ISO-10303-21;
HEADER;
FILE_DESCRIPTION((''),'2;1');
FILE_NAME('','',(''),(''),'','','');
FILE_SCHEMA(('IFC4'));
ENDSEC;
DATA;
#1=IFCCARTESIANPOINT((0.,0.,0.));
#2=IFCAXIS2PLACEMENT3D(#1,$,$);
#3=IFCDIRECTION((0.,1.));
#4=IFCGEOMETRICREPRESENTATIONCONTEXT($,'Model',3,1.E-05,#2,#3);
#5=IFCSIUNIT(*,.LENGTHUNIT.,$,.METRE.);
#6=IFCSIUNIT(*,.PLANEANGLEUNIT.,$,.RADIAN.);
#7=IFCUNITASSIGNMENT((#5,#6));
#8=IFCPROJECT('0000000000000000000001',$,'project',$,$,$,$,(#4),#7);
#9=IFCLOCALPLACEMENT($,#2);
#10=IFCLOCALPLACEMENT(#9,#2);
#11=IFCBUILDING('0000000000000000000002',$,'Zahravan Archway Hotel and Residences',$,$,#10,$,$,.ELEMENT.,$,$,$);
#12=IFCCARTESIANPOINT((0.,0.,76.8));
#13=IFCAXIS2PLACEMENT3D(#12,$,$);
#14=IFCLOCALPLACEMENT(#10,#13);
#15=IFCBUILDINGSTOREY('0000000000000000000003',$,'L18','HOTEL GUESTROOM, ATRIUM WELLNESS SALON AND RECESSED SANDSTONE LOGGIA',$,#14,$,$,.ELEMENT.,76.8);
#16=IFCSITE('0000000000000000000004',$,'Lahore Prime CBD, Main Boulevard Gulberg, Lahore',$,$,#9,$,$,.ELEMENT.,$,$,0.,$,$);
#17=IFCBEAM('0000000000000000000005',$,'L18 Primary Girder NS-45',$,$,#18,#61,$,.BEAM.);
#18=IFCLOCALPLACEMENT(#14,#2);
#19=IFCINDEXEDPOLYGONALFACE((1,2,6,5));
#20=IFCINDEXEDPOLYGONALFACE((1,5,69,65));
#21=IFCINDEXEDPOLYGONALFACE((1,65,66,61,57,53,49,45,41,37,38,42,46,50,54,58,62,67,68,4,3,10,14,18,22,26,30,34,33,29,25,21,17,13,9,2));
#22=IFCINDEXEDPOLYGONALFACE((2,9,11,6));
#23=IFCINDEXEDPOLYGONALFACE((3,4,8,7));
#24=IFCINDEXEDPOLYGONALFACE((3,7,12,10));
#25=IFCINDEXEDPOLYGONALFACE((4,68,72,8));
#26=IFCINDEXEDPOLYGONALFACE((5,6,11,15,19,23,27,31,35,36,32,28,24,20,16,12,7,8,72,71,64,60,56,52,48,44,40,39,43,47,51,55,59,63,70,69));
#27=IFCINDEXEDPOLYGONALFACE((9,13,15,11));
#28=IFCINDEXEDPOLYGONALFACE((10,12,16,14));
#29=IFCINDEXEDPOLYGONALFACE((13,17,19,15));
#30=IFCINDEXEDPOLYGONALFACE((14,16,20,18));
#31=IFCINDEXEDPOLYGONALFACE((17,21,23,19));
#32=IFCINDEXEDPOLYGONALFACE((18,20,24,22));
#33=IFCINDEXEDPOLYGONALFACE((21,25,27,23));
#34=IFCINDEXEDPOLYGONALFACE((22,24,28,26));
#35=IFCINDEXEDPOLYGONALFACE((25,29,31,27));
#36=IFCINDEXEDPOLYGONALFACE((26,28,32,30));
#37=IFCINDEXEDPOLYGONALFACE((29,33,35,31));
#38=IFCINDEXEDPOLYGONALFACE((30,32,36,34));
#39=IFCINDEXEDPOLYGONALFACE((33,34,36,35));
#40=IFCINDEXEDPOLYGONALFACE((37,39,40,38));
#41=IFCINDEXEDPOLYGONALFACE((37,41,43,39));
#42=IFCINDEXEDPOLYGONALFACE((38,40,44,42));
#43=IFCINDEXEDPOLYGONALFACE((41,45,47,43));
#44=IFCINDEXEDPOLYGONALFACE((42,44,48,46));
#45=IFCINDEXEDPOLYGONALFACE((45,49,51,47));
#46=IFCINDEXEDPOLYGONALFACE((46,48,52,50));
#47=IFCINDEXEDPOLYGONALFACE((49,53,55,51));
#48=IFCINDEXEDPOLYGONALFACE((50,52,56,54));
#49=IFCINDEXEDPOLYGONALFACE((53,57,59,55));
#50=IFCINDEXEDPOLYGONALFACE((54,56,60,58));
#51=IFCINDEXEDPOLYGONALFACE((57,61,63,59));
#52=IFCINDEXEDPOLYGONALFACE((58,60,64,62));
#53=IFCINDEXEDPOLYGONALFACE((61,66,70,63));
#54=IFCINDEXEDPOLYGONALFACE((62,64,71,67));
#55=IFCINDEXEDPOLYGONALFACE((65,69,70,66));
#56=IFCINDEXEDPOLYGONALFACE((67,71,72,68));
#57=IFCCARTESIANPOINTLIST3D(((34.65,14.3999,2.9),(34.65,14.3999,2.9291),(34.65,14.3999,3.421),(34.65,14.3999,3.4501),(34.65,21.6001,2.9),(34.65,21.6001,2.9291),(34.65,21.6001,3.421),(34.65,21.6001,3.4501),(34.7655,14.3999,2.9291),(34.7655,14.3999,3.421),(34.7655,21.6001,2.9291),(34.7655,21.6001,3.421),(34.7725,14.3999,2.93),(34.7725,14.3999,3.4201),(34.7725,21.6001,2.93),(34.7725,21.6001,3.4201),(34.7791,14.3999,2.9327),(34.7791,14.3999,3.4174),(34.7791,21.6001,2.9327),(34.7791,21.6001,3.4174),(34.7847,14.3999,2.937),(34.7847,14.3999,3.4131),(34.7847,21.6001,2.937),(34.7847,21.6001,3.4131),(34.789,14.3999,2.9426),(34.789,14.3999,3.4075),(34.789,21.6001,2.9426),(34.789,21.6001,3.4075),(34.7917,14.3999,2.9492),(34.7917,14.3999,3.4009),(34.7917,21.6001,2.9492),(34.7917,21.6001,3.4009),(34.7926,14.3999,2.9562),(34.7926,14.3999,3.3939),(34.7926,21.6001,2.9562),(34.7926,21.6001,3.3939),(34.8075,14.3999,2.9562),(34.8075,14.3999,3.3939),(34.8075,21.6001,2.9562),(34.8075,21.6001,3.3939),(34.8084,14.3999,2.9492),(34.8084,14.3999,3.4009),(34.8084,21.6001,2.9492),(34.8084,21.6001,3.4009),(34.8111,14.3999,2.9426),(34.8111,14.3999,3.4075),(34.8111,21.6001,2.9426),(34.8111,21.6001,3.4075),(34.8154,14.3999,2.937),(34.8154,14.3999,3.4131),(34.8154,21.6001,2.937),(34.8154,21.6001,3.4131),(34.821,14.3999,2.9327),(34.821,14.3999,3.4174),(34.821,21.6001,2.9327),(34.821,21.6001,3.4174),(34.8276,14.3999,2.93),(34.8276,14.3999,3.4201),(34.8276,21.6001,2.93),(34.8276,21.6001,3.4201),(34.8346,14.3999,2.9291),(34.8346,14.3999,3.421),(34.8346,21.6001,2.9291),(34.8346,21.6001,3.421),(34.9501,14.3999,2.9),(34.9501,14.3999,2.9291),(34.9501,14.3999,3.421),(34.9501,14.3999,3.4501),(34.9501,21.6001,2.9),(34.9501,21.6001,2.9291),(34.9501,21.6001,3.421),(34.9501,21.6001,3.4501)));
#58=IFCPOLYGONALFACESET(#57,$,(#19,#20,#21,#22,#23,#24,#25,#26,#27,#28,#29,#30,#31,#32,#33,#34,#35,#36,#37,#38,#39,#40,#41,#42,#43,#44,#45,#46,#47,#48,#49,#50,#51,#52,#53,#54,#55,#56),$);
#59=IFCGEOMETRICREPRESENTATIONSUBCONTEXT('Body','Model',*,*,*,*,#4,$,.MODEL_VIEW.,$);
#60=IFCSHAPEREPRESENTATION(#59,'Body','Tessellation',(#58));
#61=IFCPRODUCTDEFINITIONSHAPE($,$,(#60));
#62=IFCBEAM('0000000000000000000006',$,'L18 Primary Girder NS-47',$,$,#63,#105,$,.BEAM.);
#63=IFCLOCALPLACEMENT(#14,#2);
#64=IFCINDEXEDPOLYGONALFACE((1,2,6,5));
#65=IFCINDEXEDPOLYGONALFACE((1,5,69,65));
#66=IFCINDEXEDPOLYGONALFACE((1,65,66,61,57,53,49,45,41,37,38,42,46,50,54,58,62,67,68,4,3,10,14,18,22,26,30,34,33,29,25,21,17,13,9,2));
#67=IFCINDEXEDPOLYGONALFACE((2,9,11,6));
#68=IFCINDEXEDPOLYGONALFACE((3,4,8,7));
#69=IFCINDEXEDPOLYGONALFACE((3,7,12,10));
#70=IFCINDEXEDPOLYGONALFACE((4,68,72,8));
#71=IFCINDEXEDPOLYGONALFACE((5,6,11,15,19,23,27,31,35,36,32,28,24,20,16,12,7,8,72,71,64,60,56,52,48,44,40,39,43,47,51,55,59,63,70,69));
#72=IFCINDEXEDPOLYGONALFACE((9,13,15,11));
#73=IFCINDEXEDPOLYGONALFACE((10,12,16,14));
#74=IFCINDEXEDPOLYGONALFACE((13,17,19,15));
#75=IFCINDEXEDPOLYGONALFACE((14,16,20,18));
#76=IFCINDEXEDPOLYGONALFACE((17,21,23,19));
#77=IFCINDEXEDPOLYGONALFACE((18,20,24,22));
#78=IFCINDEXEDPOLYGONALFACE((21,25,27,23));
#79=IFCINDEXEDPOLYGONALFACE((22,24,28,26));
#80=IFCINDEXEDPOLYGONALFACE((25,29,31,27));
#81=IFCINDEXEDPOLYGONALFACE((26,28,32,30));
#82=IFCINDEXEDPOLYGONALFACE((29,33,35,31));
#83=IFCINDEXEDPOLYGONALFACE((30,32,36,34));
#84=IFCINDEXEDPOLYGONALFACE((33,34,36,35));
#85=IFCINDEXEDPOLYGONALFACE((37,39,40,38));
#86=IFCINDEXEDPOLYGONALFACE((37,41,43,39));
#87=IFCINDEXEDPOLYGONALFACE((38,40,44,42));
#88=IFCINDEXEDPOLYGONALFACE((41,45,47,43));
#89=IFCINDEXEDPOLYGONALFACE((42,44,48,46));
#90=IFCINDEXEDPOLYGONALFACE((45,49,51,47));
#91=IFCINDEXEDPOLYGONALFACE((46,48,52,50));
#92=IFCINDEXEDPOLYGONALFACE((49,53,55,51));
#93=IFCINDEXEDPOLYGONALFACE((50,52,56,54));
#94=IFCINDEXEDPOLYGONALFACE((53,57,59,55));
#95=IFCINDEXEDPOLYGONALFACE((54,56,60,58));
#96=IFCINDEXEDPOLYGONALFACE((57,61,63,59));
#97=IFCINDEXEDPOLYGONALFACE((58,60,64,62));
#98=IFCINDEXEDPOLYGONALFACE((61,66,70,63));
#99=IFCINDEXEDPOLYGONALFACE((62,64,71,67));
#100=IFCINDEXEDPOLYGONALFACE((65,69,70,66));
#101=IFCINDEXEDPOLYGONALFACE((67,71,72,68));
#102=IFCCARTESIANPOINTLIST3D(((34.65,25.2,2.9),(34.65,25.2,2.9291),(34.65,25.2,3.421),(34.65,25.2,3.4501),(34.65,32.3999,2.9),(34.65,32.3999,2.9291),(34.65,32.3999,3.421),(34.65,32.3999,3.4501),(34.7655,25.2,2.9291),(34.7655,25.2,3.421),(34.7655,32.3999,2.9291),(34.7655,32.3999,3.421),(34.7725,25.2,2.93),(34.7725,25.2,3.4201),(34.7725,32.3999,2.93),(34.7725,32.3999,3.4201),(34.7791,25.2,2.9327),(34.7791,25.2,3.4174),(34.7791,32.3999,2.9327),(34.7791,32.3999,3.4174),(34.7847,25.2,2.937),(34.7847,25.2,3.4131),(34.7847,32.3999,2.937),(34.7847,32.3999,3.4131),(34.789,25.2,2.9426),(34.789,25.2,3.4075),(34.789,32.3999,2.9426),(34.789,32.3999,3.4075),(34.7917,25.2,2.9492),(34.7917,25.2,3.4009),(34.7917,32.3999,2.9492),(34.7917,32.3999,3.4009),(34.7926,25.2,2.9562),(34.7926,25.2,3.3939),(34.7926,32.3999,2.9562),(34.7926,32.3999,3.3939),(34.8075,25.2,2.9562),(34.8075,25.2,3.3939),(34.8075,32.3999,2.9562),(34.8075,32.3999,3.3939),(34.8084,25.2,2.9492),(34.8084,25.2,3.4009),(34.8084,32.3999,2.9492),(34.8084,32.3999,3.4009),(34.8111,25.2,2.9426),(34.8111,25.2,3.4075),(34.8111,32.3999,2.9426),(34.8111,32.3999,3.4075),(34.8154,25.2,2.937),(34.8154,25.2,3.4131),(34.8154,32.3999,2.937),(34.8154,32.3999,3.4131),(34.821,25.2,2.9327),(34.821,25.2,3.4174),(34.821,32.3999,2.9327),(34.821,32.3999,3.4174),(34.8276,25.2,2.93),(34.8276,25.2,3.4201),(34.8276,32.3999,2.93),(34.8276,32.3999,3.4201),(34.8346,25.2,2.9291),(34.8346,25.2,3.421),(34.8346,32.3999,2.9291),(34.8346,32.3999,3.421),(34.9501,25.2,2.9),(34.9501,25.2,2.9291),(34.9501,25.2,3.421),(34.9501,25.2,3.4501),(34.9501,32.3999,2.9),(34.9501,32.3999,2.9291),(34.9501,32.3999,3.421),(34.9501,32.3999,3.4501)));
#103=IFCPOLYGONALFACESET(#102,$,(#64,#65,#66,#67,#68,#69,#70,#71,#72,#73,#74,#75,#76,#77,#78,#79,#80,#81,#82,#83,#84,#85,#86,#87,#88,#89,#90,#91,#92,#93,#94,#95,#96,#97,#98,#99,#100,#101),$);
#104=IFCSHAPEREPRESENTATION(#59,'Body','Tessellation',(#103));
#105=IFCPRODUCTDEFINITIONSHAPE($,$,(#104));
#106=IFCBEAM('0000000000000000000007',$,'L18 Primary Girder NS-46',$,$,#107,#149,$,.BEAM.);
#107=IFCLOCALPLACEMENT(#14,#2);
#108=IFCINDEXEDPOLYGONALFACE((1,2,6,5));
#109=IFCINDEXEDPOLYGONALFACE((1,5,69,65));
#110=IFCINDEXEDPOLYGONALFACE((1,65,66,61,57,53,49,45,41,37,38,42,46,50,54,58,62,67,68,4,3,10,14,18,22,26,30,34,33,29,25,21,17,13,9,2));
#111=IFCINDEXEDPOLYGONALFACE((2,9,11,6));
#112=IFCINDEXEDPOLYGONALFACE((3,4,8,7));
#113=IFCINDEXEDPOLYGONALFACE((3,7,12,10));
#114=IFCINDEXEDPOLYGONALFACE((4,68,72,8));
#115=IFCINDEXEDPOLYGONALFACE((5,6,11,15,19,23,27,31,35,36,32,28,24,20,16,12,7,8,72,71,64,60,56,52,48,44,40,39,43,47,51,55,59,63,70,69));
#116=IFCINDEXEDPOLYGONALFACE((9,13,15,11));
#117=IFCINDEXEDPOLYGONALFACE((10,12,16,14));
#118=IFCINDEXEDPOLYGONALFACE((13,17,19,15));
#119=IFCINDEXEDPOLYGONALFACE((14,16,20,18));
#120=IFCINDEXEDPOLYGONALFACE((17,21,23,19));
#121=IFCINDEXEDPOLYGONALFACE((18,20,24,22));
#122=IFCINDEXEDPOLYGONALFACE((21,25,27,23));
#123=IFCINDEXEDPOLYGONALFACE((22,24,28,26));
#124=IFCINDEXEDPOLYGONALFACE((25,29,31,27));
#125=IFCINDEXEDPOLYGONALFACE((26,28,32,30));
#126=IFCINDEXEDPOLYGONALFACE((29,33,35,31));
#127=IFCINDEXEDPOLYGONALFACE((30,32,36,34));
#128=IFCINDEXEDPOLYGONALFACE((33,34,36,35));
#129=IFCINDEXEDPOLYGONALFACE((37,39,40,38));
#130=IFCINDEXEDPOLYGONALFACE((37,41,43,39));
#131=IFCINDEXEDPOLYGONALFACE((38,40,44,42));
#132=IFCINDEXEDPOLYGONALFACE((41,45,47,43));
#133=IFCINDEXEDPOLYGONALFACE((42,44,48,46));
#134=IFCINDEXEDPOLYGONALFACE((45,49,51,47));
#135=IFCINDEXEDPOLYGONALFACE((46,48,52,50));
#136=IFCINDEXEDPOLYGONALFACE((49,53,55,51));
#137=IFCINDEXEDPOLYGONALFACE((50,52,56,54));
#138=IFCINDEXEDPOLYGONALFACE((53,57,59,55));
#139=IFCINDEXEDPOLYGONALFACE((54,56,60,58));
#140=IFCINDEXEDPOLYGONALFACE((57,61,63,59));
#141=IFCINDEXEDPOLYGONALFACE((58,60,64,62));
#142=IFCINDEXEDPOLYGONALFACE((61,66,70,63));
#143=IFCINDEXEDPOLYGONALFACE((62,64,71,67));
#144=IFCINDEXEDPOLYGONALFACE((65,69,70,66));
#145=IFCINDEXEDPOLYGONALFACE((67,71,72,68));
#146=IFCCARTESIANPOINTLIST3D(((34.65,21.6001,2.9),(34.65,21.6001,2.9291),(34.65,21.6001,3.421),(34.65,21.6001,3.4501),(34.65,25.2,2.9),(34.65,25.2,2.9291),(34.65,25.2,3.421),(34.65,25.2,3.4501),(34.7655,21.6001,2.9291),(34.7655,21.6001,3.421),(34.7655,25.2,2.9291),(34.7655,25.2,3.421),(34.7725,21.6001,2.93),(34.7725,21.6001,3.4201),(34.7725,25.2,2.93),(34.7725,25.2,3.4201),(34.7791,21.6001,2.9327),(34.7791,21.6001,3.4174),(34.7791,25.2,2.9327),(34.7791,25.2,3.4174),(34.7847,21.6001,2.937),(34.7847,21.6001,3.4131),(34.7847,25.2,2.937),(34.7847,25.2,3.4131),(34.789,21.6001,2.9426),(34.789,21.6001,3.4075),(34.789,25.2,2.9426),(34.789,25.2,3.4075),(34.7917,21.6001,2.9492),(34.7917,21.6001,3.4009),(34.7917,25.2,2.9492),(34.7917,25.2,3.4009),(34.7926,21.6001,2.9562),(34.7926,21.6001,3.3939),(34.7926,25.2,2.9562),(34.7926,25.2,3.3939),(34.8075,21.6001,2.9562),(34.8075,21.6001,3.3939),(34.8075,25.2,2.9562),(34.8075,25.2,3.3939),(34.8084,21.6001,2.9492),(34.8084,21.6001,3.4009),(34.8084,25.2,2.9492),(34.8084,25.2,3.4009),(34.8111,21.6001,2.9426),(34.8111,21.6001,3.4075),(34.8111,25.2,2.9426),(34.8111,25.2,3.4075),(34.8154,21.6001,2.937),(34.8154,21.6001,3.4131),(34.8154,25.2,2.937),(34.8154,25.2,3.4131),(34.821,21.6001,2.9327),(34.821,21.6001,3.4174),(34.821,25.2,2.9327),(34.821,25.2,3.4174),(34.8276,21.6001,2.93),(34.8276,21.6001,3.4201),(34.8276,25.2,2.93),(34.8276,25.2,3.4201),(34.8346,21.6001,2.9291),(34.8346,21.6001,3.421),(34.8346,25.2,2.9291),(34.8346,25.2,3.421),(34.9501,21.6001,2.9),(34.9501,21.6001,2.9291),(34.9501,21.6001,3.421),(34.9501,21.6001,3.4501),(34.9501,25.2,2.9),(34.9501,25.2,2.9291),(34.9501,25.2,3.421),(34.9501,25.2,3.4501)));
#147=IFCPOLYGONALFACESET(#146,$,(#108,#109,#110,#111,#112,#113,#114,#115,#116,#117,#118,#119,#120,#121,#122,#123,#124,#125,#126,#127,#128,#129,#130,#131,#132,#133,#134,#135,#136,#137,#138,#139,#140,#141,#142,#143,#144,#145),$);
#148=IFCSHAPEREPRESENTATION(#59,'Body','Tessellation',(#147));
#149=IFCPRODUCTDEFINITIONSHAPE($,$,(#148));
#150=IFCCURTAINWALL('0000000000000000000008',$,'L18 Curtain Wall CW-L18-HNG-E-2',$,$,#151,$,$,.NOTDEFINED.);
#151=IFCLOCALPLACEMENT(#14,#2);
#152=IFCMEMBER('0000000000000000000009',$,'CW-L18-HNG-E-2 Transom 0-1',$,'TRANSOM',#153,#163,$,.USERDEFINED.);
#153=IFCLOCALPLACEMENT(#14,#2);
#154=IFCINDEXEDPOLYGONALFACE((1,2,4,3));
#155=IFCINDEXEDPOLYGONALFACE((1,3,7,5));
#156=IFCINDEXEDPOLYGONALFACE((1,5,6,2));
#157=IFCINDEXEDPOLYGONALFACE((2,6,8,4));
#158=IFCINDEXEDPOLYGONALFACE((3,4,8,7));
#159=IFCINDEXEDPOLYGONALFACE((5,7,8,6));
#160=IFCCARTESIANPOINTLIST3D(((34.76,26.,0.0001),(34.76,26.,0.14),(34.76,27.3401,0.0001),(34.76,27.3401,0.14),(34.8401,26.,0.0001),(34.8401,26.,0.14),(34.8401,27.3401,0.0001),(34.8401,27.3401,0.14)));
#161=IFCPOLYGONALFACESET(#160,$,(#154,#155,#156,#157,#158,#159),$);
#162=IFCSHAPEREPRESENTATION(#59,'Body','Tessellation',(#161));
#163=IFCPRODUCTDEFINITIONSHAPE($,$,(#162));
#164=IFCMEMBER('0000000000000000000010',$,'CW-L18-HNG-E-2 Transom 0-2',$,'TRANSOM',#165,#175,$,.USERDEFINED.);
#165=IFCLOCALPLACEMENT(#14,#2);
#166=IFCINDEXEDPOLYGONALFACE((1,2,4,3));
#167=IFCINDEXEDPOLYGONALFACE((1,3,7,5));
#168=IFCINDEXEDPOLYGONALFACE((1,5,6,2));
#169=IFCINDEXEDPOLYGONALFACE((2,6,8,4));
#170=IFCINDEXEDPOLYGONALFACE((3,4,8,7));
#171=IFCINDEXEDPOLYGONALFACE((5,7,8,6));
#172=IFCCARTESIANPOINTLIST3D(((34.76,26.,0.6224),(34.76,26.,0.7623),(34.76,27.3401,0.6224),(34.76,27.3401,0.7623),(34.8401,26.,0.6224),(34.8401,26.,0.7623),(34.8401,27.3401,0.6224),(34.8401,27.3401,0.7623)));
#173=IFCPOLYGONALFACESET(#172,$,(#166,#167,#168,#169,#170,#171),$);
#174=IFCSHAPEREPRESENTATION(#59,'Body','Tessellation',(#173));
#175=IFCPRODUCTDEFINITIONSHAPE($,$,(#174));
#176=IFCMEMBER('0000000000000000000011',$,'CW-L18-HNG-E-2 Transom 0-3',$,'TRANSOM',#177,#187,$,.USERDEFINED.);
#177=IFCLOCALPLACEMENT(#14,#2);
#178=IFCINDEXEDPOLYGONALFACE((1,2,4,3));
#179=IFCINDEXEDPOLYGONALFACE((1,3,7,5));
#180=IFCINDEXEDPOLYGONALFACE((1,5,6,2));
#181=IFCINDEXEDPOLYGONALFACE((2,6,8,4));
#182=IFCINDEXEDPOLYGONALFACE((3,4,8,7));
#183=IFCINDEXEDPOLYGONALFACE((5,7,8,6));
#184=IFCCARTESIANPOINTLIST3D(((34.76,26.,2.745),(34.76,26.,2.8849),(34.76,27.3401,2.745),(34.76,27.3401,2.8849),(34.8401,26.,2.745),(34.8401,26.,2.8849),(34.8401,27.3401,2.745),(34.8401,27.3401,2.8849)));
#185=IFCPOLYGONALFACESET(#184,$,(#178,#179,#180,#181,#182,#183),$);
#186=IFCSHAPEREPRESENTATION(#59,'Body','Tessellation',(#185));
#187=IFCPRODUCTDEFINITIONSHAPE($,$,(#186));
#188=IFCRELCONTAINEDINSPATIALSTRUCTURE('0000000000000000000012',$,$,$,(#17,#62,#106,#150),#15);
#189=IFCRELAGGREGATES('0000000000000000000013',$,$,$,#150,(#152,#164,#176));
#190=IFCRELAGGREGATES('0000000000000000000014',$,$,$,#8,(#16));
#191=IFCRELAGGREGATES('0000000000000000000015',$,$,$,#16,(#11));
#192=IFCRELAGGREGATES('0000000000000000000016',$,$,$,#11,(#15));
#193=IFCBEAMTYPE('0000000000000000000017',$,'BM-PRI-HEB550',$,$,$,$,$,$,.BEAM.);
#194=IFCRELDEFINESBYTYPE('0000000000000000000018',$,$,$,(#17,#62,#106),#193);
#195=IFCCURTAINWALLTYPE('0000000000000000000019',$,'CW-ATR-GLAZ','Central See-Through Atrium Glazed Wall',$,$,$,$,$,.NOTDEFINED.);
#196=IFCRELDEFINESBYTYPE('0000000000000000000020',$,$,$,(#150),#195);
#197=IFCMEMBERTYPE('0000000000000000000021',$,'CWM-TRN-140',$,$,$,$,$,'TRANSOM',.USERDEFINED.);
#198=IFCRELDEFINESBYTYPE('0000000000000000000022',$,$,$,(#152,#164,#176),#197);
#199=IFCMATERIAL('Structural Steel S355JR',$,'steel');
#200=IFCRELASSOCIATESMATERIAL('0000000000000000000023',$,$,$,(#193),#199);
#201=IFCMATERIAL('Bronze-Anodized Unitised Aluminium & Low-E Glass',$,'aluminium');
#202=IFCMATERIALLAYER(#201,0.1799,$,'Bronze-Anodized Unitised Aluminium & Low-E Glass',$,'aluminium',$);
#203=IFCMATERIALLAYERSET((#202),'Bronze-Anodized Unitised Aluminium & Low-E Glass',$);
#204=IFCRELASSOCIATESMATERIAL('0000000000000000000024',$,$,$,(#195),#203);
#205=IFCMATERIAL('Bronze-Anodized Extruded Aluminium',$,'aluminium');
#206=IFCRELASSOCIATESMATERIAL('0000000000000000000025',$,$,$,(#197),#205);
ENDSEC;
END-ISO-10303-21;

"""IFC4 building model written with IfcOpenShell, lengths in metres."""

from ifc_helpers import new_model, si_unit, direction, frame, origin, origin_2d, place, context, subcontext, project, spatial, rectangle, i_section, extrude, source, transform, mapped, material, layer, layer_set, material_profile, profile_set, type_object, type_shapes, element, aggregate, save


model = new_model("IFC4")

# Units and contexts
model_context = context("Model", 3, precision=1e-05, world=origin(), true_north=direction((0.0, 1.0)))
body_context = subcontext(model_context, "Body", "Model", "MODEL_VIEW")
ifc_project = project(units=[si_unit("LENGTHUNIT", "METRE"), si_unit("PLANEANGLEUNIT", "RADIAN")], contexts=[model_context])

# Site, building, storey
site_placement = place(None, origin())
site = spatial("IfcSite", under=ifc_project, at=site_placement, Name="Lahore Prime CBD, Main Boulevard Gulberg, Lahore", CompositionType="ELEMENT", RefElevation=0.0)
building_placement = place(site_placement, origin())
building = spatial("IfcBuilding", under=site, at=building_placement, Name="Zahravan Archway Hotel and Residences", CompositionType="ELEMENT")
storey_placement = place(building_placement, frame((0.0, 0.0, 76.8)))
storey = spatial("IfcBuildingStorey", under=building, at=storey_placement, Name="L18", Description="HOTEL GUESTROOM, ATRIUM WELLNESS SALON AND RECESSED SANDSTONE LOGGIA", CompositionType="ELEMENT", Elevation=76.8)

# Beams
ifc_material_1 = material(Name="Structural Steel S355JR", Category="steel")
ifc_material_profile_1 = material_profile(ifc_material_1, i_section(OverallWidth=0.3, OverallDepth=0.55, WebThickness=0.0149, FlangeThickness=0.0291, FilletRadius=0.0271, at=origin_2d()), Name="HEB 550", Category="steel")
ifc_profile_set_1 = profile_set([ifc_material_profile_1], Name="Structural Steel S355JR")
beam_type = type_object("IfcBeamType", Name="BM-PRI-HEB550", PredefinedType="BEAM", material=ifc_profile_set_1)
shared_shape_1 = source(origin(), body_context, "Body", "SweptSolid", [
    extrude(i_section(OverallWidth=0.3, OverallDepth=0.55, WebThickness=0.0149, FlangeThickness=0.0291, FilletRadius=0.0271, at=origin_2d()), origin(), (0.0, 0.0, 1.0), 7.2002),
])
type_shapes(beam_type, [shared_shape_1])
beam_1_placement = place(storey_placement, frame((34.8, 14.3999, 3.175), z_axis=(0.0, 1.0, 0.0), x_axis=(-1.0, 0.0, 0.0)))
element("IfcBeam", 1, at=beam_1_placement, inside=storey, type_object=beam_type, Name="L18 Primary Girder NS-45", PredefinedType="BEAM", context=body_context, shape_type="MappedRepresentation", body=[
    mapped(shared_shape_1, transform((0.0, 0.0, 0.0), scale=1.0)),
])
shared_shape_2 = source(origin(), body_context, "Body", "SweptSolid", [
    extrude(i_section(OverallWidth=0.3, OverallDepth=0.55, WebThickness=0.0149, FlangeThickness=0.0291, FilletRadius=0.0271, at=origin_2d()), origin(), (0.0, 0.0, 1.0), 7.2),
])
beam_2_placement = place(storey_placement, frame((34.8, 25.2, 3.175), z_axis=(0.0, 1.0, 0.0), x_axis=(-1.0, 0.0, 0.0)))
element("IfcBeam", 2, at=beam_2_placement, inside=storey, type_object=beam_type, Name="L18 Primary Girder NS-47", PredefinedType="BEAM", context=body_context, shape_type="MappedRepresentation", body=[
    mapped(shared_shape_2, transform((0.0, 0.0, 0.0), scale=1.0)),
])
shared_shape_3 = source(origin(), body_context, "Body", "SweptSolid", [
    extrude(i_section(OverallWidth=0.3, OverallDepth=0.55, WebThickness=0.0149, FlangeThickness=0.0291, FilletRadius=0.0271, at=origin_2d()), origin(), (0.0, 0.0, 1.0), 3.5999),
])
beam_3_placement = place(storey_placement, frame((34.8, 21.6001, 3.175), z_axis=(0.0, 1.0, 0.0), x_axis=(-1.0, 0.0, 0.0)))
element("IfcBeam", 3, at=beam_3_placement, inside=storey, type_object=beam_type, Name="L18 Primary Girder NS-46", PredefinedType="BEAM", context=body_context, shape_type="MappedRepresentation", body=[
    mapped(shared_shape_3, transform((0.0, 0.0, 0.0), scale=1.0)),
])

# Curtain wall, members
ifc_material_2 = material(Name="Bronze-Anodized Unitised Aluminium & Low-E Glass", Category="aluminium")
ifc_layer_1 = layer(ifc_material_2, 0.1799, Name="Bronze-Anodized Unitised Aluminium & Low-E Glass", Category="aluminium")
ifc_layer_set_1 = layer_set([ifc_layer_1], Name="Bronze-Anodized Unitised Aluminium & Low-E Glass")
curtain_wall_type = type_object("IfcCurtainWallType", Name="CW-ATR-GLAZ", Description="Central See-Through Atrium Glazed Wall", PredefinedType="NOTDEFINED", material=ifc_layer_set_1)
curtain_wall_1_placement = place(storey_placement, origin())
curtain_wall_1 = element("IfcCurtainWall", 4, at=curtain_wall_1_placement, inside=storey, type_object=curtain_wall_type, Name="L18 Curtain Wall CW-L18-HNG-E-2", PredefinedType="NOTDEFINED")
ifc_material_3 = material(Name="Bronze-Anodized Extruded Aluminium", Category="aluminium")
ifc_material_profile_2 = material_profile(ifc_material_3, rectangle(XDim=0.0801, YDim=0.1399, at=origin_2d()), Name="TRN 80x140", Category="aluminium")
ifc_profile_set_2 = profile_set([ifc_material_profile_2], Name="Bronze-Anodized Extruded Aluminium")
member_type_1 = type_object("IfcMemberType", Name="CWM-TRN-140", ElementType="TRANSOM", PredefinedType="USERDEFINED", material=ifc_profile_set_2)
shared_shape_4 = source(origin(), body_context, "Body", "SweptSolid", [
    extrude(rectangle(XDim=0.0801, YDim=0.1399, at=origin_2d()), origin(), (0.0, 0.0, 1.0), 1.3401),
])
member_1_placement = place(storey_placement, frame((34.8, 26.0, 0.0701), z_axis=(0.0, 1.0, 0.0), x_axis=(-1.0, 0.0, 0.0)))
member_1 = element("IfcMember", 5, at=member_1_placement, type_object=member_type_1, Name="CW-L18-HNG-E-2 Transom 0-1", ObjectType="TRANSOM", PredefinedType="USERDEFINED", context=body_context, shape_type="MappedRepresentation", body=[
    mapped(shared_shape_4, transform((0.0, 0.0, 0.0), scale=1.0)),
])
member_2_placement = place(storey_placement, frame((34.8, 26.0, 0.6924), z_axis=(0.0, 1.0, 0.0), x_axis=(-1.0, 0.0, 0.0)))
member_2 = element("IfcMember", 6, at=member_2_placement, type_object=member_type_1, Name="CW-L18-HNG-E-2 Transom 0-2", ObjectType="TRANSOM", PredefinedType="USERDEFINED", context=body_context, shape_type="MappedRepresentation", body=[
    mapped(shared_shape_4, transform((0.0, 0.0, 0.0), scale=1.0)),
])
member_3_placement = place(storey_placement, frame((34.8, 26.0, 2.8149), z_axis=(0.0, 1.0, 0.0), x_axis=(-1.0, 0.0, 0.0)))
member_3 = element("IfcMember", 7, at=member_3_placement, type_object=member_type_1, Name="CW-L18-HNG-E-2 Transom 0-3", ObjectType="TRANSOM", PredefinedType="USERDEFINED", context=body_context, shape_type="MappedRepresentation", body=[
    mapped(shared_shape_4, transform((0.0, 0.0, 0.0), scale=1.0)),
])

aggregate(curtain_wall_1, [member_1, member_2, member_3])

save(model, "model.ifc")
